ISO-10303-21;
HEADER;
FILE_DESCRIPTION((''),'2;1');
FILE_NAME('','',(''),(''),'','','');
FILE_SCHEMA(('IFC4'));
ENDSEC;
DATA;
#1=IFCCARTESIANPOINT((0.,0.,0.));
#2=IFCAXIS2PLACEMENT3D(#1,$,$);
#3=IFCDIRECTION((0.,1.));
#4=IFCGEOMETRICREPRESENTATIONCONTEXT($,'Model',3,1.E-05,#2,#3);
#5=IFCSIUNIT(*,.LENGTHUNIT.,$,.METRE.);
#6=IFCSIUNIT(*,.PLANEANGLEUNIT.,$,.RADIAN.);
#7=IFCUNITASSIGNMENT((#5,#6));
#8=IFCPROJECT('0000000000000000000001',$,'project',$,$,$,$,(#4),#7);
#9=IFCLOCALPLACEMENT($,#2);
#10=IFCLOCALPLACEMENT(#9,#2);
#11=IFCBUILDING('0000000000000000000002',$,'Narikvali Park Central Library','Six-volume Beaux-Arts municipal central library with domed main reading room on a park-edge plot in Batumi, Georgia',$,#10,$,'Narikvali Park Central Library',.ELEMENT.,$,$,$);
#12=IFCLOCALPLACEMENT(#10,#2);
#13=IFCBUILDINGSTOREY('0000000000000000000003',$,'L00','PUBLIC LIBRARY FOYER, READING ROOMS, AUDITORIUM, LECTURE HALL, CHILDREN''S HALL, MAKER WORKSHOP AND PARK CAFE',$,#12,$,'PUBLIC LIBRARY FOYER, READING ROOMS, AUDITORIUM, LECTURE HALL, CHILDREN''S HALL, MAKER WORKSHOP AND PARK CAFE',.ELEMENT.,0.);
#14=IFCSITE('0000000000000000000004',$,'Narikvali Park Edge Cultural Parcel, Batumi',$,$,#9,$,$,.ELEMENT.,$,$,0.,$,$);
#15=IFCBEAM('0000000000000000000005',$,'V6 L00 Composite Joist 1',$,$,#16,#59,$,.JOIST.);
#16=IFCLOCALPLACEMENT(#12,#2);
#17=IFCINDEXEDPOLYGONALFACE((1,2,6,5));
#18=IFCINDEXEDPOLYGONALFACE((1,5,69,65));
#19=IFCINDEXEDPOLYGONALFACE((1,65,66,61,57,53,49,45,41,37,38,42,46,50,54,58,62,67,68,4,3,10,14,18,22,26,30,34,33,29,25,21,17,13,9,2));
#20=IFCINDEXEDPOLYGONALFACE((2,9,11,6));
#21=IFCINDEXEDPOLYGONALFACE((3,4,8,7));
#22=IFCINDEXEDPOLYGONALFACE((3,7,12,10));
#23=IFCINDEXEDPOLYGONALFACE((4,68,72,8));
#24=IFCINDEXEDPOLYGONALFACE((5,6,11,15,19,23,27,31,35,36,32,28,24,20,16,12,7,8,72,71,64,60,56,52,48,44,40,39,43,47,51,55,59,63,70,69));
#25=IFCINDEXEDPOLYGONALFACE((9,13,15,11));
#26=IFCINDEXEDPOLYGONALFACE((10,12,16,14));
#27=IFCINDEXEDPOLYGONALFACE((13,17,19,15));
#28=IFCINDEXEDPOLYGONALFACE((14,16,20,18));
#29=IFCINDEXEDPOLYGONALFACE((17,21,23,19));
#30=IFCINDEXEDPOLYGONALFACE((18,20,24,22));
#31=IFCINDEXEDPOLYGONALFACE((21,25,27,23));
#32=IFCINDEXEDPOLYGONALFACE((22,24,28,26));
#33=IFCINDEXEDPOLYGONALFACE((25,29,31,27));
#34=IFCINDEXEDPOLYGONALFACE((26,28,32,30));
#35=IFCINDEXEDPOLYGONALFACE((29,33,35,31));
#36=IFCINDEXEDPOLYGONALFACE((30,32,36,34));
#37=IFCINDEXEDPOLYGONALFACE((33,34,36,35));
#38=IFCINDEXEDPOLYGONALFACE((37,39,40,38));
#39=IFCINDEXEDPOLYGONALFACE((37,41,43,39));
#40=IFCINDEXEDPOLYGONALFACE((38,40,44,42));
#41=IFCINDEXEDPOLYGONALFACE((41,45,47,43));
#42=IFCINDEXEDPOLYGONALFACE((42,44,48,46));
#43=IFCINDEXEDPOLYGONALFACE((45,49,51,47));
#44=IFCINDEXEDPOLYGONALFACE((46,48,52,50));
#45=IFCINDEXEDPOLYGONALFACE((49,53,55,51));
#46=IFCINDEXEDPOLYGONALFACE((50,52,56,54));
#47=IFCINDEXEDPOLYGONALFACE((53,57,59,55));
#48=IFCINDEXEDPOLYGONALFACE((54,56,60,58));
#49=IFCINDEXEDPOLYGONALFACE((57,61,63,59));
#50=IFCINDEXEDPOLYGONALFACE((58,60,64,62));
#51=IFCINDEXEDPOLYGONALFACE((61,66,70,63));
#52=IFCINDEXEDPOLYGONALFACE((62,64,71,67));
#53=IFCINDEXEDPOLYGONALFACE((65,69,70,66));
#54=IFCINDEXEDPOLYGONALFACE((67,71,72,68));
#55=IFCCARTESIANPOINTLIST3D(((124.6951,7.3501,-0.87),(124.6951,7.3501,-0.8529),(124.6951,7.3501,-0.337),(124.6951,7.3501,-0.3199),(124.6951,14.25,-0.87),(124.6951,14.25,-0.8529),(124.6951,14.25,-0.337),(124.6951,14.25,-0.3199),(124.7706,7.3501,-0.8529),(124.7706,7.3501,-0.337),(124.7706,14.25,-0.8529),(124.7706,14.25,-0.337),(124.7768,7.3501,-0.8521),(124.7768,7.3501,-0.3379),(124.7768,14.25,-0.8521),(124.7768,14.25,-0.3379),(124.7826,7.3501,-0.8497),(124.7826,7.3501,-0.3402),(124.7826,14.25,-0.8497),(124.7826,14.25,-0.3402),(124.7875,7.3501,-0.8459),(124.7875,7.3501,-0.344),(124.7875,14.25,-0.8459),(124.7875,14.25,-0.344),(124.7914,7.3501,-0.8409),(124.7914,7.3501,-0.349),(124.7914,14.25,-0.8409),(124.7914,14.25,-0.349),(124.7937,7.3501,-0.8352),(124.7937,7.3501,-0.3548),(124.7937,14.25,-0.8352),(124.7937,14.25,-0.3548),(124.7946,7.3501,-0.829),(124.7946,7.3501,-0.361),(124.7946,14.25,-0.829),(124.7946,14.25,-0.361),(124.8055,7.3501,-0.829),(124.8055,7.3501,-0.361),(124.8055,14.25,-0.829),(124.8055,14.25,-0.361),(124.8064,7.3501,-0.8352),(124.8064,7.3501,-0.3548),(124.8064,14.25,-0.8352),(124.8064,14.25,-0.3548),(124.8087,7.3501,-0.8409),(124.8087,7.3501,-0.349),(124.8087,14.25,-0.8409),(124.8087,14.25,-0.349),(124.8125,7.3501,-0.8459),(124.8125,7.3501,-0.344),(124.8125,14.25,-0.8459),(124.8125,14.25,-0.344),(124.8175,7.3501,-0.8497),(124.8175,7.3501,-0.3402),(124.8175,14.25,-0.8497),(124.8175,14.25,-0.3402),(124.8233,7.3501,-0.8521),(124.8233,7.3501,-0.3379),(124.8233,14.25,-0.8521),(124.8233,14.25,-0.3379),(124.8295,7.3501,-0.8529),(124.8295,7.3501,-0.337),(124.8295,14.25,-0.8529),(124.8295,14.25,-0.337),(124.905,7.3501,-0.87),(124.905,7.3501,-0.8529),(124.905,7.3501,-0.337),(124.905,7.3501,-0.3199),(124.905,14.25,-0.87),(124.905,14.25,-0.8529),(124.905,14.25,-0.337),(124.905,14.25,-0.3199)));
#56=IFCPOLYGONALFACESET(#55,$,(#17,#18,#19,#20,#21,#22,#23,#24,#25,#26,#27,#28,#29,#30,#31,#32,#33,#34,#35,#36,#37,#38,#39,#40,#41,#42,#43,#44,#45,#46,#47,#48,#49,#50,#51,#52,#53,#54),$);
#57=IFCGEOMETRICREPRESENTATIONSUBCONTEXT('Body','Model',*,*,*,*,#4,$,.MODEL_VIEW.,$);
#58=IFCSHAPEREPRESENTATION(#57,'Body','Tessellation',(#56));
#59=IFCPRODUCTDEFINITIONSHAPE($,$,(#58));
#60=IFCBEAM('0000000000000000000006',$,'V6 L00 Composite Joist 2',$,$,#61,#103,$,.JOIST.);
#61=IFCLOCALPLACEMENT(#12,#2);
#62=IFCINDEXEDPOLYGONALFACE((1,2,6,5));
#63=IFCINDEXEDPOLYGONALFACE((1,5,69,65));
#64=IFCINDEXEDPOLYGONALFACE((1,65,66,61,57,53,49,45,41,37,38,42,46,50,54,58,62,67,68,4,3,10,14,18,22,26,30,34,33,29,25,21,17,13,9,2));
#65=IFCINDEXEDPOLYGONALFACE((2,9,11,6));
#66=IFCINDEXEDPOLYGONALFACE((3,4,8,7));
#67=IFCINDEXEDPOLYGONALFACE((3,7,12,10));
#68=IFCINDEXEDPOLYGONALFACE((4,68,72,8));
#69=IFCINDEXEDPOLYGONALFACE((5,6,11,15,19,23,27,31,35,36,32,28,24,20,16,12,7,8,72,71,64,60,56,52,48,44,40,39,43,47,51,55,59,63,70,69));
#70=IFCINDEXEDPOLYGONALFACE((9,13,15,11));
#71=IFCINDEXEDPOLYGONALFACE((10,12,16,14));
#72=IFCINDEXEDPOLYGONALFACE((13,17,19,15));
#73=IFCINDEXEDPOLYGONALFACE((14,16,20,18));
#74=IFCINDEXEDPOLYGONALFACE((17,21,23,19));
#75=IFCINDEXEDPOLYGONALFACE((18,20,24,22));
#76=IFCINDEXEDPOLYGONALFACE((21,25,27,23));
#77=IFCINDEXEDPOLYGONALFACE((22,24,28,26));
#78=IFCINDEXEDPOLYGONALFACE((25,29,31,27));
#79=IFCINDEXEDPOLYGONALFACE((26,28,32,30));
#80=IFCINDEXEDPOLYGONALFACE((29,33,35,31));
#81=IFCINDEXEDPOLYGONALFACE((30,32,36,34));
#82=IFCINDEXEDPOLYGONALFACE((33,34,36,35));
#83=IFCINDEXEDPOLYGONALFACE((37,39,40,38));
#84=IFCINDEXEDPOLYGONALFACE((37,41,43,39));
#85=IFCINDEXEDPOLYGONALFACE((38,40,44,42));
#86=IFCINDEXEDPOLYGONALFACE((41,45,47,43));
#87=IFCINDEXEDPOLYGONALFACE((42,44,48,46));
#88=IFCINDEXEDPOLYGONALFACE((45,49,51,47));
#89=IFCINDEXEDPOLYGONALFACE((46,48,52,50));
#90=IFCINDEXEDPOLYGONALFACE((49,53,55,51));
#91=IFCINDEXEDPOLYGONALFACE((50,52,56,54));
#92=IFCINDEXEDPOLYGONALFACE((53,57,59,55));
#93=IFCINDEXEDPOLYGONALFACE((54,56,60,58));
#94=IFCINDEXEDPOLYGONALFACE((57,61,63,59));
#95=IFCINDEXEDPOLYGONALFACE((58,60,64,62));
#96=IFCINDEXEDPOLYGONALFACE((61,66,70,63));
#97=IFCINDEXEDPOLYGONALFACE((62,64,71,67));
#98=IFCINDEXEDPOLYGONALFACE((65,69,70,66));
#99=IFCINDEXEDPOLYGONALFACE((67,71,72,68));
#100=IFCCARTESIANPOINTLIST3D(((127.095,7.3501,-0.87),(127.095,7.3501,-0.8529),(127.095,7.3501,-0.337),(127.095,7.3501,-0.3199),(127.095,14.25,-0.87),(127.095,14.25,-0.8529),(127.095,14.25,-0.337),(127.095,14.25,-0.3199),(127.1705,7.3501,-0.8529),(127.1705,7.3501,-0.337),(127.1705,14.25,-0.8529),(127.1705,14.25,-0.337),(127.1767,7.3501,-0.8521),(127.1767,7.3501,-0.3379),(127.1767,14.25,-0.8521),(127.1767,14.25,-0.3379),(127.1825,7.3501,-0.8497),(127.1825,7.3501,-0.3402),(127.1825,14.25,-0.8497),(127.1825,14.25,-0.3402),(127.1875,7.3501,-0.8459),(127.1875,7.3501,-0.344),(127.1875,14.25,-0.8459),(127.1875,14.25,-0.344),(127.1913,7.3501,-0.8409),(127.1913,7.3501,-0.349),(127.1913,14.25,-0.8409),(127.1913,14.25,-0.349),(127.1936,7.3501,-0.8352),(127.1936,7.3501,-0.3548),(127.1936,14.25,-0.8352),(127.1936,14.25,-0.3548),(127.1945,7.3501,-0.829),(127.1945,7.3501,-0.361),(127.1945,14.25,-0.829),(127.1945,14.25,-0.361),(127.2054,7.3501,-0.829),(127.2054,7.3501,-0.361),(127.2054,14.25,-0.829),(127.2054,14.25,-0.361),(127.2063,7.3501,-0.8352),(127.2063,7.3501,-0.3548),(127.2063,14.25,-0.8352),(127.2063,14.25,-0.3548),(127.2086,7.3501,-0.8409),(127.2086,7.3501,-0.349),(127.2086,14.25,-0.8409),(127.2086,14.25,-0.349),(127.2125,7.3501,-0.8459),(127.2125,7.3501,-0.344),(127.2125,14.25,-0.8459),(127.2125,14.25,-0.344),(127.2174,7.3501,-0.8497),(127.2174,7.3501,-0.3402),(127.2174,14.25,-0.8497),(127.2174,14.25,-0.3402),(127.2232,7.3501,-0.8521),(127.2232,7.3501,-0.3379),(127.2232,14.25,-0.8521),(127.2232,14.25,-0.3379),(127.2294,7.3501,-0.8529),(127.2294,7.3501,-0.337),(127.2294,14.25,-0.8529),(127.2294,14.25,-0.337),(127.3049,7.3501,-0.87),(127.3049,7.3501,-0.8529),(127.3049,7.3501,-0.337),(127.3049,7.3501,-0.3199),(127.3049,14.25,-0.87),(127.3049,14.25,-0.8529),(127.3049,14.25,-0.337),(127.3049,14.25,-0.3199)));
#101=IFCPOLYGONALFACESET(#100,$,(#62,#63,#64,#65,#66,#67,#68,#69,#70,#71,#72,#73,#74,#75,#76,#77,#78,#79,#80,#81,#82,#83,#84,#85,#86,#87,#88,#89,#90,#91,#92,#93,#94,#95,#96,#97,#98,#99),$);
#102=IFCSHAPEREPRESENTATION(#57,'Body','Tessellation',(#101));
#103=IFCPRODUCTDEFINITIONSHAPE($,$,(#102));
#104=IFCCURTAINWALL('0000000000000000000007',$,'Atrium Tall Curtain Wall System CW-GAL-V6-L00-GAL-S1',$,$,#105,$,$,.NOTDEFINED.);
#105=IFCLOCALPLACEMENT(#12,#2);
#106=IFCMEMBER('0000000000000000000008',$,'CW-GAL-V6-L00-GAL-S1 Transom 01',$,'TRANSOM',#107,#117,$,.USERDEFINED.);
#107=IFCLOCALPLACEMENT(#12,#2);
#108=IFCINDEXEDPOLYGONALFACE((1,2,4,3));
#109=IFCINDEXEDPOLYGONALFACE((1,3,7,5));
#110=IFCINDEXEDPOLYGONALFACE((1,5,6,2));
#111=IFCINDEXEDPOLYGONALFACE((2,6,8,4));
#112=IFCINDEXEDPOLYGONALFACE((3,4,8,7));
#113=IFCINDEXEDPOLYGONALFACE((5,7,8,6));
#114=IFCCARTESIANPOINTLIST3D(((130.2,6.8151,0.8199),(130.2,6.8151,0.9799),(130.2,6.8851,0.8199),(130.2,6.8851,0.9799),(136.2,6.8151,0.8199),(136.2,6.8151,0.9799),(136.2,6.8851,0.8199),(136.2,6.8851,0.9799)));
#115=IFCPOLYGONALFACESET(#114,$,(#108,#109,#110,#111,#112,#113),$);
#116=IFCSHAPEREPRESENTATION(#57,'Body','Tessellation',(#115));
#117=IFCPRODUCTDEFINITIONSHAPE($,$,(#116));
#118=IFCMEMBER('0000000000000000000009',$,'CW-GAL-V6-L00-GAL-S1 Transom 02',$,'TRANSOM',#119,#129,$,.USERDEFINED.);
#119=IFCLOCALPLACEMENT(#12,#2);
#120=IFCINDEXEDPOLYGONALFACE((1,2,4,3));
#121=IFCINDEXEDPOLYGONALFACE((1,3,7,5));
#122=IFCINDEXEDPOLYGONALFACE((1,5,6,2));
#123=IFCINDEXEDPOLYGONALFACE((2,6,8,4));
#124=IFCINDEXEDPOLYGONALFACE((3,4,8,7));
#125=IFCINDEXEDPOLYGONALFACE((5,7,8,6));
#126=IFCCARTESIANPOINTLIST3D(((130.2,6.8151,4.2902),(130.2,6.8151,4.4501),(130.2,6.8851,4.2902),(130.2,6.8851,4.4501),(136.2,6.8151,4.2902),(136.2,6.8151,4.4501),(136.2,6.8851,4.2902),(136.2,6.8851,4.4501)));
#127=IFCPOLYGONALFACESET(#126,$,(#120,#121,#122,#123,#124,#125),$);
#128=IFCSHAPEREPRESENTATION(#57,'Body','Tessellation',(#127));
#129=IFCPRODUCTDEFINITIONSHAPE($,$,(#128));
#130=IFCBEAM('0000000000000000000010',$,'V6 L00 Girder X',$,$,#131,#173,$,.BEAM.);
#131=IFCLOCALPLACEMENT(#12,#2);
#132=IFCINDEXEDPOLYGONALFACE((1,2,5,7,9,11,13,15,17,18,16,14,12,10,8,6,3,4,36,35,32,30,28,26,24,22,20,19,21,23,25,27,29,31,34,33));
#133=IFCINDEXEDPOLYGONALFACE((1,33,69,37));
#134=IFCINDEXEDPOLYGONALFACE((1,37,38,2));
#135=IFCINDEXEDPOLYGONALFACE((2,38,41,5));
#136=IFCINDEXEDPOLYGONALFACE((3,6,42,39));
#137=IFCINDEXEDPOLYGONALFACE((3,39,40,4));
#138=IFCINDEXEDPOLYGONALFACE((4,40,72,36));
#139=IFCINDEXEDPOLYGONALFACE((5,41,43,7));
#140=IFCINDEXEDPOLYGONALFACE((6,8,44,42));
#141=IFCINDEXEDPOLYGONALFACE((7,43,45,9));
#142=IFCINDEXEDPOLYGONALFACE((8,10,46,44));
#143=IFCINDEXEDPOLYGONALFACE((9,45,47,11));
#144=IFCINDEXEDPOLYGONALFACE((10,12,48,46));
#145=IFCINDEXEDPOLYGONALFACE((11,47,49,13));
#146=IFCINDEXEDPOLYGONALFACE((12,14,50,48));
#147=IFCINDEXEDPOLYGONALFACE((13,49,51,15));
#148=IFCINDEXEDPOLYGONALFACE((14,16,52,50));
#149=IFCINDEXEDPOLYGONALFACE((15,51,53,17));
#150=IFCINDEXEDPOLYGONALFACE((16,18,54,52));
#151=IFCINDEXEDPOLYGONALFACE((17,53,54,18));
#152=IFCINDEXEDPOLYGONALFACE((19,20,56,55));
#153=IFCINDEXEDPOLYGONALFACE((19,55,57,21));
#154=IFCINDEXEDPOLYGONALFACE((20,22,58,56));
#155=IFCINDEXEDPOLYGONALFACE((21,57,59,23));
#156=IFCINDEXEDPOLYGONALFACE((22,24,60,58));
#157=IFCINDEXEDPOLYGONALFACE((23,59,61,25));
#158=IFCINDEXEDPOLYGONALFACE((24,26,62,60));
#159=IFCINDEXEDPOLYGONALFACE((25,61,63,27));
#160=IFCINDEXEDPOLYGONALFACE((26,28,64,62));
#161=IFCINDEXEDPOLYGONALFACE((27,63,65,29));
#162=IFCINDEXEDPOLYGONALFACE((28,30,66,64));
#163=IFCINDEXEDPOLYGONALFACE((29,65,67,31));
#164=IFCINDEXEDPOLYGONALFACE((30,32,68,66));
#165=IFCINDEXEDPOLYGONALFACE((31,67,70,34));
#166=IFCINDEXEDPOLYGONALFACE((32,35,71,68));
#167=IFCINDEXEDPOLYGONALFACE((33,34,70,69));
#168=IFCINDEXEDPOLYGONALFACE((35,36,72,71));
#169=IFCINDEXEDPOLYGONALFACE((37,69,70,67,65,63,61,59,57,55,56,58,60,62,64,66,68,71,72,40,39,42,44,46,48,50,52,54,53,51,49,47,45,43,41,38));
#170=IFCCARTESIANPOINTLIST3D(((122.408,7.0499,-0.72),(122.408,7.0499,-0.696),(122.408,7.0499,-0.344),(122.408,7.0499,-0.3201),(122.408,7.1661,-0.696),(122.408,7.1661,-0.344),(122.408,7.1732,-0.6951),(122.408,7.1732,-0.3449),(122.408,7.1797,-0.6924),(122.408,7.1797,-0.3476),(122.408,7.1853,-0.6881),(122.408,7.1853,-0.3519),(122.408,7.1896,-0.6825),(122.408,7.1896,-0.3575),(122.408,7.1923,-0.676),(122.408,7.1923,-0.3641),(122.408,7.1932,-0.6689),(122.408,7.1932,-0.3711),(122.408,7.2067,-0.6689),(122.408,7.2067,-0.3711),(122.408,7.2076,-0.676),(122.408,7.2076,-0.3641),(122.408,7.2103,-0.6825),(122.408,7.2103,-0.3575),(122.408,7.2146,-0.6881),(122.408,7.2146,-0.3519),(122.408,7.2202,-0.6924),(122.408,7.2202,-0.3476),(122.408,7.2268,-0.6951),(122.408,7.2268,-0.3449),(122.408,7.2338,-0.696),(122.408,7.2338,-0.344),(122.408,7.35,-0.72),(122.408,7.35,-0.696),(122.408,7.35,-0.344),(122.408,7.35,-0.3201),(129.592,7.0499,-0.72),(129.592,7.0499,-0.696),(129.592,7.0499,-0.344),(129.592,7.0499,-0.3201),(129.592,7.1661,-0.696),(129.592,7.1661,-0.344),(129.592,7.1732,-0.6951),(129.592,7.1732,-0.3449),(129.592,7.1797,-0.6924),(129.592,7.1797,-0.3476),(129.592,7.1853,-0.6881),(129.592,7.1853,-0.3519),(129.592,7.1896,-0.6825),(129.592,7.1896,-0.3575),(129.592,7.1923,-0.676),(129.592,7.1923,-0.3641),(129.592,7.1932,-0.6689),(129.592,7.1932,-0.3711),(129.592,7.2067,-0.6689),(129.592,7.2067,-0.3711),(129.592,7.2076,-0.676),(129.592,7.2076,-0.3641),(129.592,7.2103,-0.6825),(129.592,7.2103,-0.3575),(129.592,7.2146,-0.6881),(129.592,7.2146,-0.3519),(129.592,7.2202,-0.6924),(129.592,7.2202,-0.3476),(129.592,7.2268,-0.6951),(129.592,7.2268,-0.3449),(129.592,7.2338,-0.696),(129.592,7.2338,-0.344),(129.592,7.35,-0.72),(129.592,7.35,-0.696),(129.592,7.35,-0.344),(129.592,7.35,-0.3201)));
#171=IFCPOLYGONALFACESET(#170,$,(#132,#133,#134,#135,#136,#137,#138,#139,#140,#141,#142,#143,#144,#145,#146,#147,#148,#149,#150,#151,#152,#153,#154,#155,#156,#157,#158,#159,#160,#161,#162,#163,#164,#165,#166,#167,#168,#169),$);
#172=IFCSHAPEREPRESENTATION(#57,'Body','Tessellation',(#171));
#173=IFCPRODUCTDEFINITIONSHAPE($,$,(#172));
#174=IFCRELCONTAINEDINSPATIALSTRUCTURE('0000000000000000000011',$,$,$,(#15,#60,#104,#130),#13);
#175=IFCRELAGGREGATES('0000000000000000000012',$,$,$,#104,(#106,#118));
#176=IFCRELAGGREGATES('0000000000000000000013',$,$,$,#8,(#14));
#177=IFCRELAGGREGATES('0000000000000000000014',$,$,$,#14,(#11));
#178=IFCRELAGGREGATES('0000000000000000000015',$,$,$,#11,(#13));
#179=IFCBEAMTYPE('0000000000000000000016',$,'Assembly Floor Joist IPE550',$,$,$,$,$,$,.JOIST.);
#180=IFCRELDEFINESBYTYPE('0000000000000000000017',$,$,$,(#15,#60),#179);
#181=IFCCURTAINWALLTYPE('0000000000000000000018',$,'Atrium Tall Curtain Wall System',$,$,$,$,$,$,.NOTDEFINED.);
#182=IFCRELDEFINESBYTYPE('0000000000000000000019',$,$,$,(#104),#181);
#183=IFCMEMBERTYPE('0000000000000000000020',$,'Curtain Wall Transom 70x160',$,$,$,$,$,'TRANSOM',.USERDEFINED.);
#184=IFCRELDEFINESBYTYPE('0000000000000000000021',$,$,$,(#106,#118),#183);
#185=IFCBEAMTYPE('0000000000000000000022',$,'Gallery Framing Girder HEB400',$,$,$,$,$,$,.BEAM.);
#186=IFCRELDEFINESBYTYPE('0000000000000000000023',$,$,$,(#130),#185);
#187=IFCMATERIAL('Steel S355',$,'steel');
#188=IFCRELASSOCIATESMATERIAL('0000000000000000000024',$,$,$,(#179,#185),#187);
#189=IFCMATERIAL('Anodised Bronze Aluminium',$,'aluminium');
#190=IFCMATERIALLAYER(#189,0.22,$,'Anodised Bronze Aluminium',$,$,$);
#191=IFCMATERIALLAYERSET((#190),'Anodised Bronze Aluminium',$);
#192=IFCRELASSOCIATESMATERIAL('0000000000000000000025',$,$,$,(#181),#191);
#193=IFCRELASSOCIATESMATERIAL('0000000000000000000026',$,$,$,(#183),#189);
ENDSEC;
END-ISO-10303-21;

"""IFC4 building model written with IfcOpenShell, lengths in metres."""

from ifc_helpers import new_model, si_unit, direction, frame, origin, origin_2d, place, context, subcontext, project, spatial, rectangle, i_section, extrude, material, layer, layer_set, material_profile, profile_set, type_object, element, aggregate, save


model = new_model("IFC4")

# Units and contexts
model_context = context("Model", 3, precision=1e-05, world=origin(), true_north=direction((0.0, 1.0)))
body_context = subcontext(model_context, "Body", "Model", "MODEL_VIEW")
ifc_project = project(units=[si_unit("LENGTHUNIT", "METRE"), si_unit("PLANEANGLEUNIT", "RADIAN")], contexts=[model_context])

# Site, building, storey
site_placement = place(None, origin())
site = spatial("IfcSite", under=ifc_project, at=site_placement, Name="Narikvali Park Edge Cultural Parcel, Batumi", CompositionType="ELEMENT", RefElevation=0.0)
building_placement = place(site_placement, origin())
building = spatial("IfcBuilding", under=site, at=building_placement, Name="Narikvali Park Central Library", Description="Six-volume Beaux-Arts municipal central library with domed main reading room on a park-edge plot in Batumi, Georgia", LongName="Narikvali Park Central Library", CompositionType="ELEMENT")
storey_placement = place(building_placement, origin())
storey = spatial("IfcBuildingStorey", under=building, at=storey_placement, Name="L00", Description="PUBLIC LIBRARY FOYER, READING ROOMS, AUDITORIUM, LECTURE HALL, CHILDREN'S HALL, MAKER WORKSHOP AND PARK CAFE", LongName="PUBLIC LIBRARY FOYER, READING ROOMS, AUDITORIUM, LECTURE HALL, CHILDREN'S HALL, MAKER WORKSHOP AND PARK CAFE", CompositionType="ELEMENT", Elevation=0.0)

# Shared definitions
ifc_material_1 = material(Name="Steel S355", Category="steel")

# Beams
ifc_material_profile_1 = material_profile(ifc_material_1, i_section(OverallWidth=0.21, OverallDepth=0.55, WebThickness=0.011, FlangeThickness=0.0171, FilletRadius=0.0239, at=origin_2d()), Name="IPE 550")
ifc_profile_set_1 = profile_set([ifc_material_profile_1], Name="Steel S355")
beam_type_1 = type_object("IfcBeamType", Name="Assembly Floor Joist IPE550", PredefinedType="JOIST", material=ifc_profile_set_1)
for number, where, z_axis, x_axis, name in (
    (1, (124.8, 7.3501, -0.595), (0.0, 1.0, 0.0), (-1.0, 0.0, 0.0), "V6 L00 Composite Joist 1"),
    (2, (127.2, 7.3501, -0.595), (0.0, 1.0, 0.0), (-1.0, 0.0, 0.0), "V6 L00 Composite Joist 2"),
):
    element("IfcBeam", number, at=place(storey_placement, frame(where, z_axis=z_axis, x_axis=x_axis)), inside=storey, type_object=beam_type_1, Name=name, PredefinedType="JOIST", context=body_context, shape_type="SweptSolid", body=[
        extrude(i_section(OverallWidth=0.21, OverallDepth=0.55, WebThickness=0.011, FlangeThickness=0.0171, FilletRadius=0.0239, at=origin_2d()), origin(), (0.0, 0.0, 1.0), 6.8999),
    ])

# Curtain wall, members
ifc_material_2 = material(Name="Anodised Bronze Aluminium", Category="aluminium")
ifc_layer_1 = layer(ifc_material_2, 0.22, Name="Anodised Bronze Aluminium")
ifc_layer_set_1 = layer_set([ifc_layer_1], Name="Anodised Bronze Aluminium")
curtain_wall_type = type_object("IfcCurtainWallType", Name="Atrium Tall Curtain Wall System", PredefinedType="NOTDEFINED", material=ifc_layer_set_1)
curtain_wall_placement = place(storey_placement, origin())
curtain_wall = element("IfcCurtainWall", 3, at=curtain_wall_placement, inside=storey, type_object=curtain_wall_type, Name="Atrium Tall Curtain Wall System CW-GAL-V6-L00-GAL-S1", PredefinedType="NOTDEFINED")
ifc_material_profile_2 = material_profile(ifc_material_2, rectangle(XDim=0.0701, YDim=0.1599, at=origin_2d()), Name="CW TRANSOM 70x160")
ifc_profile_set_2 = profile_set([ifc_material_profile_2], Name="Anodised Bronze Aluminium")
member_type = type_object("IfcMemberType", Name="Curtain Wall Transom 70x160", ElementType="TRANSOM", PredefinedType="USERDEFINED", material=ifc_profile_set_2)
member_1_placement = place(storey_placement, frame((130.2, 6.8501, 0.8999), z_axis=(1.0, 0.0, 0.0), x_axis=(0.0, 1.0, 0.0)))
member_1 = element("IfcMember", 4, at=member_1_placement, type_object=member_type, Name="CW-GAL-V6-L00-GAL-S1 Transom 01", ObjectType="TRANSOM", PredefinedType="USERDEFINED", context=body_context, shape_type="SweptSolid", body=[
    extrude(rectangle(XDim=0.0701, YDim=0.1599, at=origin_2d()), origin(), (0.0, 0.0, 1.0), 6.0),
])
member_2_placement = place(storey_placement, frame((130.2, 6.8501, 4.3701), z_axis=(1.0, 0.0, 0.0), x_axis=(0.0, 1.0, 0.0)))
member_2 = element("IfcMember", 5, at=member_2_placement, type_object=member_type, Name="CW-GAL-V6-L00-GAL-S1 Transom 02", ObjectType="TRANSOM", PredefinedType="USERDEFINED", context=body_context, shape_type="SweptSolid", body=[
    extrude(rectangle(XDim=0.0701, YDim=0.1599, at=origin_2d()), origin(), (0.0, 0.0, 1.0), 6.0),
])
aggregate(curtain_wall, [member_1, member_2])

# Beam
ifc_material_profile_3 = material_profile(ifc_material_1, i_section(OverallWidth=0.3, OverallDepth=0.3999, WebThickness=0.0134, FlangeThickness=0.0239, FilletRadius=0.0271, at=origin_2d()), Name="HEB 400")
ifc_profile_set_3 = profile_set([ifc_material_profile_3], Name="Steel S355")
beam_type_2 = type_object("IfcBeamType", Name="Gallery Framing Girder HEB400", PredefinedType="BEAM", material=ifc_profile_set_3)
for number, where, z_axis, x_axis, name in (
    (6, (122.408, 7.2, -0.52), (1.0, 0.0, 0.0), (0.0, 1.0, 0.0), "V6 L00 Girder X"),
):
    element("IfcBeam", number, at=place(storey_placement, frame(where, z_axis=z_axis, x_axis=x_axis)), inside=storey, type_object=beam_type_2, Name=name, PredefinedType="BEAM", context=body_context, shape_type="SweptSolid", body=[
        extrude(i_section(OverallWidth=0.3, OverallDepth=0.3999, WebThickness=0.0134, FlangeThickness=0.0239, FilletRadius=0.0271, at=origin_2d()), origin(), (0.0, 0.0, 1.0), 7.1841),
    ])

save(model, "model.ifc")
